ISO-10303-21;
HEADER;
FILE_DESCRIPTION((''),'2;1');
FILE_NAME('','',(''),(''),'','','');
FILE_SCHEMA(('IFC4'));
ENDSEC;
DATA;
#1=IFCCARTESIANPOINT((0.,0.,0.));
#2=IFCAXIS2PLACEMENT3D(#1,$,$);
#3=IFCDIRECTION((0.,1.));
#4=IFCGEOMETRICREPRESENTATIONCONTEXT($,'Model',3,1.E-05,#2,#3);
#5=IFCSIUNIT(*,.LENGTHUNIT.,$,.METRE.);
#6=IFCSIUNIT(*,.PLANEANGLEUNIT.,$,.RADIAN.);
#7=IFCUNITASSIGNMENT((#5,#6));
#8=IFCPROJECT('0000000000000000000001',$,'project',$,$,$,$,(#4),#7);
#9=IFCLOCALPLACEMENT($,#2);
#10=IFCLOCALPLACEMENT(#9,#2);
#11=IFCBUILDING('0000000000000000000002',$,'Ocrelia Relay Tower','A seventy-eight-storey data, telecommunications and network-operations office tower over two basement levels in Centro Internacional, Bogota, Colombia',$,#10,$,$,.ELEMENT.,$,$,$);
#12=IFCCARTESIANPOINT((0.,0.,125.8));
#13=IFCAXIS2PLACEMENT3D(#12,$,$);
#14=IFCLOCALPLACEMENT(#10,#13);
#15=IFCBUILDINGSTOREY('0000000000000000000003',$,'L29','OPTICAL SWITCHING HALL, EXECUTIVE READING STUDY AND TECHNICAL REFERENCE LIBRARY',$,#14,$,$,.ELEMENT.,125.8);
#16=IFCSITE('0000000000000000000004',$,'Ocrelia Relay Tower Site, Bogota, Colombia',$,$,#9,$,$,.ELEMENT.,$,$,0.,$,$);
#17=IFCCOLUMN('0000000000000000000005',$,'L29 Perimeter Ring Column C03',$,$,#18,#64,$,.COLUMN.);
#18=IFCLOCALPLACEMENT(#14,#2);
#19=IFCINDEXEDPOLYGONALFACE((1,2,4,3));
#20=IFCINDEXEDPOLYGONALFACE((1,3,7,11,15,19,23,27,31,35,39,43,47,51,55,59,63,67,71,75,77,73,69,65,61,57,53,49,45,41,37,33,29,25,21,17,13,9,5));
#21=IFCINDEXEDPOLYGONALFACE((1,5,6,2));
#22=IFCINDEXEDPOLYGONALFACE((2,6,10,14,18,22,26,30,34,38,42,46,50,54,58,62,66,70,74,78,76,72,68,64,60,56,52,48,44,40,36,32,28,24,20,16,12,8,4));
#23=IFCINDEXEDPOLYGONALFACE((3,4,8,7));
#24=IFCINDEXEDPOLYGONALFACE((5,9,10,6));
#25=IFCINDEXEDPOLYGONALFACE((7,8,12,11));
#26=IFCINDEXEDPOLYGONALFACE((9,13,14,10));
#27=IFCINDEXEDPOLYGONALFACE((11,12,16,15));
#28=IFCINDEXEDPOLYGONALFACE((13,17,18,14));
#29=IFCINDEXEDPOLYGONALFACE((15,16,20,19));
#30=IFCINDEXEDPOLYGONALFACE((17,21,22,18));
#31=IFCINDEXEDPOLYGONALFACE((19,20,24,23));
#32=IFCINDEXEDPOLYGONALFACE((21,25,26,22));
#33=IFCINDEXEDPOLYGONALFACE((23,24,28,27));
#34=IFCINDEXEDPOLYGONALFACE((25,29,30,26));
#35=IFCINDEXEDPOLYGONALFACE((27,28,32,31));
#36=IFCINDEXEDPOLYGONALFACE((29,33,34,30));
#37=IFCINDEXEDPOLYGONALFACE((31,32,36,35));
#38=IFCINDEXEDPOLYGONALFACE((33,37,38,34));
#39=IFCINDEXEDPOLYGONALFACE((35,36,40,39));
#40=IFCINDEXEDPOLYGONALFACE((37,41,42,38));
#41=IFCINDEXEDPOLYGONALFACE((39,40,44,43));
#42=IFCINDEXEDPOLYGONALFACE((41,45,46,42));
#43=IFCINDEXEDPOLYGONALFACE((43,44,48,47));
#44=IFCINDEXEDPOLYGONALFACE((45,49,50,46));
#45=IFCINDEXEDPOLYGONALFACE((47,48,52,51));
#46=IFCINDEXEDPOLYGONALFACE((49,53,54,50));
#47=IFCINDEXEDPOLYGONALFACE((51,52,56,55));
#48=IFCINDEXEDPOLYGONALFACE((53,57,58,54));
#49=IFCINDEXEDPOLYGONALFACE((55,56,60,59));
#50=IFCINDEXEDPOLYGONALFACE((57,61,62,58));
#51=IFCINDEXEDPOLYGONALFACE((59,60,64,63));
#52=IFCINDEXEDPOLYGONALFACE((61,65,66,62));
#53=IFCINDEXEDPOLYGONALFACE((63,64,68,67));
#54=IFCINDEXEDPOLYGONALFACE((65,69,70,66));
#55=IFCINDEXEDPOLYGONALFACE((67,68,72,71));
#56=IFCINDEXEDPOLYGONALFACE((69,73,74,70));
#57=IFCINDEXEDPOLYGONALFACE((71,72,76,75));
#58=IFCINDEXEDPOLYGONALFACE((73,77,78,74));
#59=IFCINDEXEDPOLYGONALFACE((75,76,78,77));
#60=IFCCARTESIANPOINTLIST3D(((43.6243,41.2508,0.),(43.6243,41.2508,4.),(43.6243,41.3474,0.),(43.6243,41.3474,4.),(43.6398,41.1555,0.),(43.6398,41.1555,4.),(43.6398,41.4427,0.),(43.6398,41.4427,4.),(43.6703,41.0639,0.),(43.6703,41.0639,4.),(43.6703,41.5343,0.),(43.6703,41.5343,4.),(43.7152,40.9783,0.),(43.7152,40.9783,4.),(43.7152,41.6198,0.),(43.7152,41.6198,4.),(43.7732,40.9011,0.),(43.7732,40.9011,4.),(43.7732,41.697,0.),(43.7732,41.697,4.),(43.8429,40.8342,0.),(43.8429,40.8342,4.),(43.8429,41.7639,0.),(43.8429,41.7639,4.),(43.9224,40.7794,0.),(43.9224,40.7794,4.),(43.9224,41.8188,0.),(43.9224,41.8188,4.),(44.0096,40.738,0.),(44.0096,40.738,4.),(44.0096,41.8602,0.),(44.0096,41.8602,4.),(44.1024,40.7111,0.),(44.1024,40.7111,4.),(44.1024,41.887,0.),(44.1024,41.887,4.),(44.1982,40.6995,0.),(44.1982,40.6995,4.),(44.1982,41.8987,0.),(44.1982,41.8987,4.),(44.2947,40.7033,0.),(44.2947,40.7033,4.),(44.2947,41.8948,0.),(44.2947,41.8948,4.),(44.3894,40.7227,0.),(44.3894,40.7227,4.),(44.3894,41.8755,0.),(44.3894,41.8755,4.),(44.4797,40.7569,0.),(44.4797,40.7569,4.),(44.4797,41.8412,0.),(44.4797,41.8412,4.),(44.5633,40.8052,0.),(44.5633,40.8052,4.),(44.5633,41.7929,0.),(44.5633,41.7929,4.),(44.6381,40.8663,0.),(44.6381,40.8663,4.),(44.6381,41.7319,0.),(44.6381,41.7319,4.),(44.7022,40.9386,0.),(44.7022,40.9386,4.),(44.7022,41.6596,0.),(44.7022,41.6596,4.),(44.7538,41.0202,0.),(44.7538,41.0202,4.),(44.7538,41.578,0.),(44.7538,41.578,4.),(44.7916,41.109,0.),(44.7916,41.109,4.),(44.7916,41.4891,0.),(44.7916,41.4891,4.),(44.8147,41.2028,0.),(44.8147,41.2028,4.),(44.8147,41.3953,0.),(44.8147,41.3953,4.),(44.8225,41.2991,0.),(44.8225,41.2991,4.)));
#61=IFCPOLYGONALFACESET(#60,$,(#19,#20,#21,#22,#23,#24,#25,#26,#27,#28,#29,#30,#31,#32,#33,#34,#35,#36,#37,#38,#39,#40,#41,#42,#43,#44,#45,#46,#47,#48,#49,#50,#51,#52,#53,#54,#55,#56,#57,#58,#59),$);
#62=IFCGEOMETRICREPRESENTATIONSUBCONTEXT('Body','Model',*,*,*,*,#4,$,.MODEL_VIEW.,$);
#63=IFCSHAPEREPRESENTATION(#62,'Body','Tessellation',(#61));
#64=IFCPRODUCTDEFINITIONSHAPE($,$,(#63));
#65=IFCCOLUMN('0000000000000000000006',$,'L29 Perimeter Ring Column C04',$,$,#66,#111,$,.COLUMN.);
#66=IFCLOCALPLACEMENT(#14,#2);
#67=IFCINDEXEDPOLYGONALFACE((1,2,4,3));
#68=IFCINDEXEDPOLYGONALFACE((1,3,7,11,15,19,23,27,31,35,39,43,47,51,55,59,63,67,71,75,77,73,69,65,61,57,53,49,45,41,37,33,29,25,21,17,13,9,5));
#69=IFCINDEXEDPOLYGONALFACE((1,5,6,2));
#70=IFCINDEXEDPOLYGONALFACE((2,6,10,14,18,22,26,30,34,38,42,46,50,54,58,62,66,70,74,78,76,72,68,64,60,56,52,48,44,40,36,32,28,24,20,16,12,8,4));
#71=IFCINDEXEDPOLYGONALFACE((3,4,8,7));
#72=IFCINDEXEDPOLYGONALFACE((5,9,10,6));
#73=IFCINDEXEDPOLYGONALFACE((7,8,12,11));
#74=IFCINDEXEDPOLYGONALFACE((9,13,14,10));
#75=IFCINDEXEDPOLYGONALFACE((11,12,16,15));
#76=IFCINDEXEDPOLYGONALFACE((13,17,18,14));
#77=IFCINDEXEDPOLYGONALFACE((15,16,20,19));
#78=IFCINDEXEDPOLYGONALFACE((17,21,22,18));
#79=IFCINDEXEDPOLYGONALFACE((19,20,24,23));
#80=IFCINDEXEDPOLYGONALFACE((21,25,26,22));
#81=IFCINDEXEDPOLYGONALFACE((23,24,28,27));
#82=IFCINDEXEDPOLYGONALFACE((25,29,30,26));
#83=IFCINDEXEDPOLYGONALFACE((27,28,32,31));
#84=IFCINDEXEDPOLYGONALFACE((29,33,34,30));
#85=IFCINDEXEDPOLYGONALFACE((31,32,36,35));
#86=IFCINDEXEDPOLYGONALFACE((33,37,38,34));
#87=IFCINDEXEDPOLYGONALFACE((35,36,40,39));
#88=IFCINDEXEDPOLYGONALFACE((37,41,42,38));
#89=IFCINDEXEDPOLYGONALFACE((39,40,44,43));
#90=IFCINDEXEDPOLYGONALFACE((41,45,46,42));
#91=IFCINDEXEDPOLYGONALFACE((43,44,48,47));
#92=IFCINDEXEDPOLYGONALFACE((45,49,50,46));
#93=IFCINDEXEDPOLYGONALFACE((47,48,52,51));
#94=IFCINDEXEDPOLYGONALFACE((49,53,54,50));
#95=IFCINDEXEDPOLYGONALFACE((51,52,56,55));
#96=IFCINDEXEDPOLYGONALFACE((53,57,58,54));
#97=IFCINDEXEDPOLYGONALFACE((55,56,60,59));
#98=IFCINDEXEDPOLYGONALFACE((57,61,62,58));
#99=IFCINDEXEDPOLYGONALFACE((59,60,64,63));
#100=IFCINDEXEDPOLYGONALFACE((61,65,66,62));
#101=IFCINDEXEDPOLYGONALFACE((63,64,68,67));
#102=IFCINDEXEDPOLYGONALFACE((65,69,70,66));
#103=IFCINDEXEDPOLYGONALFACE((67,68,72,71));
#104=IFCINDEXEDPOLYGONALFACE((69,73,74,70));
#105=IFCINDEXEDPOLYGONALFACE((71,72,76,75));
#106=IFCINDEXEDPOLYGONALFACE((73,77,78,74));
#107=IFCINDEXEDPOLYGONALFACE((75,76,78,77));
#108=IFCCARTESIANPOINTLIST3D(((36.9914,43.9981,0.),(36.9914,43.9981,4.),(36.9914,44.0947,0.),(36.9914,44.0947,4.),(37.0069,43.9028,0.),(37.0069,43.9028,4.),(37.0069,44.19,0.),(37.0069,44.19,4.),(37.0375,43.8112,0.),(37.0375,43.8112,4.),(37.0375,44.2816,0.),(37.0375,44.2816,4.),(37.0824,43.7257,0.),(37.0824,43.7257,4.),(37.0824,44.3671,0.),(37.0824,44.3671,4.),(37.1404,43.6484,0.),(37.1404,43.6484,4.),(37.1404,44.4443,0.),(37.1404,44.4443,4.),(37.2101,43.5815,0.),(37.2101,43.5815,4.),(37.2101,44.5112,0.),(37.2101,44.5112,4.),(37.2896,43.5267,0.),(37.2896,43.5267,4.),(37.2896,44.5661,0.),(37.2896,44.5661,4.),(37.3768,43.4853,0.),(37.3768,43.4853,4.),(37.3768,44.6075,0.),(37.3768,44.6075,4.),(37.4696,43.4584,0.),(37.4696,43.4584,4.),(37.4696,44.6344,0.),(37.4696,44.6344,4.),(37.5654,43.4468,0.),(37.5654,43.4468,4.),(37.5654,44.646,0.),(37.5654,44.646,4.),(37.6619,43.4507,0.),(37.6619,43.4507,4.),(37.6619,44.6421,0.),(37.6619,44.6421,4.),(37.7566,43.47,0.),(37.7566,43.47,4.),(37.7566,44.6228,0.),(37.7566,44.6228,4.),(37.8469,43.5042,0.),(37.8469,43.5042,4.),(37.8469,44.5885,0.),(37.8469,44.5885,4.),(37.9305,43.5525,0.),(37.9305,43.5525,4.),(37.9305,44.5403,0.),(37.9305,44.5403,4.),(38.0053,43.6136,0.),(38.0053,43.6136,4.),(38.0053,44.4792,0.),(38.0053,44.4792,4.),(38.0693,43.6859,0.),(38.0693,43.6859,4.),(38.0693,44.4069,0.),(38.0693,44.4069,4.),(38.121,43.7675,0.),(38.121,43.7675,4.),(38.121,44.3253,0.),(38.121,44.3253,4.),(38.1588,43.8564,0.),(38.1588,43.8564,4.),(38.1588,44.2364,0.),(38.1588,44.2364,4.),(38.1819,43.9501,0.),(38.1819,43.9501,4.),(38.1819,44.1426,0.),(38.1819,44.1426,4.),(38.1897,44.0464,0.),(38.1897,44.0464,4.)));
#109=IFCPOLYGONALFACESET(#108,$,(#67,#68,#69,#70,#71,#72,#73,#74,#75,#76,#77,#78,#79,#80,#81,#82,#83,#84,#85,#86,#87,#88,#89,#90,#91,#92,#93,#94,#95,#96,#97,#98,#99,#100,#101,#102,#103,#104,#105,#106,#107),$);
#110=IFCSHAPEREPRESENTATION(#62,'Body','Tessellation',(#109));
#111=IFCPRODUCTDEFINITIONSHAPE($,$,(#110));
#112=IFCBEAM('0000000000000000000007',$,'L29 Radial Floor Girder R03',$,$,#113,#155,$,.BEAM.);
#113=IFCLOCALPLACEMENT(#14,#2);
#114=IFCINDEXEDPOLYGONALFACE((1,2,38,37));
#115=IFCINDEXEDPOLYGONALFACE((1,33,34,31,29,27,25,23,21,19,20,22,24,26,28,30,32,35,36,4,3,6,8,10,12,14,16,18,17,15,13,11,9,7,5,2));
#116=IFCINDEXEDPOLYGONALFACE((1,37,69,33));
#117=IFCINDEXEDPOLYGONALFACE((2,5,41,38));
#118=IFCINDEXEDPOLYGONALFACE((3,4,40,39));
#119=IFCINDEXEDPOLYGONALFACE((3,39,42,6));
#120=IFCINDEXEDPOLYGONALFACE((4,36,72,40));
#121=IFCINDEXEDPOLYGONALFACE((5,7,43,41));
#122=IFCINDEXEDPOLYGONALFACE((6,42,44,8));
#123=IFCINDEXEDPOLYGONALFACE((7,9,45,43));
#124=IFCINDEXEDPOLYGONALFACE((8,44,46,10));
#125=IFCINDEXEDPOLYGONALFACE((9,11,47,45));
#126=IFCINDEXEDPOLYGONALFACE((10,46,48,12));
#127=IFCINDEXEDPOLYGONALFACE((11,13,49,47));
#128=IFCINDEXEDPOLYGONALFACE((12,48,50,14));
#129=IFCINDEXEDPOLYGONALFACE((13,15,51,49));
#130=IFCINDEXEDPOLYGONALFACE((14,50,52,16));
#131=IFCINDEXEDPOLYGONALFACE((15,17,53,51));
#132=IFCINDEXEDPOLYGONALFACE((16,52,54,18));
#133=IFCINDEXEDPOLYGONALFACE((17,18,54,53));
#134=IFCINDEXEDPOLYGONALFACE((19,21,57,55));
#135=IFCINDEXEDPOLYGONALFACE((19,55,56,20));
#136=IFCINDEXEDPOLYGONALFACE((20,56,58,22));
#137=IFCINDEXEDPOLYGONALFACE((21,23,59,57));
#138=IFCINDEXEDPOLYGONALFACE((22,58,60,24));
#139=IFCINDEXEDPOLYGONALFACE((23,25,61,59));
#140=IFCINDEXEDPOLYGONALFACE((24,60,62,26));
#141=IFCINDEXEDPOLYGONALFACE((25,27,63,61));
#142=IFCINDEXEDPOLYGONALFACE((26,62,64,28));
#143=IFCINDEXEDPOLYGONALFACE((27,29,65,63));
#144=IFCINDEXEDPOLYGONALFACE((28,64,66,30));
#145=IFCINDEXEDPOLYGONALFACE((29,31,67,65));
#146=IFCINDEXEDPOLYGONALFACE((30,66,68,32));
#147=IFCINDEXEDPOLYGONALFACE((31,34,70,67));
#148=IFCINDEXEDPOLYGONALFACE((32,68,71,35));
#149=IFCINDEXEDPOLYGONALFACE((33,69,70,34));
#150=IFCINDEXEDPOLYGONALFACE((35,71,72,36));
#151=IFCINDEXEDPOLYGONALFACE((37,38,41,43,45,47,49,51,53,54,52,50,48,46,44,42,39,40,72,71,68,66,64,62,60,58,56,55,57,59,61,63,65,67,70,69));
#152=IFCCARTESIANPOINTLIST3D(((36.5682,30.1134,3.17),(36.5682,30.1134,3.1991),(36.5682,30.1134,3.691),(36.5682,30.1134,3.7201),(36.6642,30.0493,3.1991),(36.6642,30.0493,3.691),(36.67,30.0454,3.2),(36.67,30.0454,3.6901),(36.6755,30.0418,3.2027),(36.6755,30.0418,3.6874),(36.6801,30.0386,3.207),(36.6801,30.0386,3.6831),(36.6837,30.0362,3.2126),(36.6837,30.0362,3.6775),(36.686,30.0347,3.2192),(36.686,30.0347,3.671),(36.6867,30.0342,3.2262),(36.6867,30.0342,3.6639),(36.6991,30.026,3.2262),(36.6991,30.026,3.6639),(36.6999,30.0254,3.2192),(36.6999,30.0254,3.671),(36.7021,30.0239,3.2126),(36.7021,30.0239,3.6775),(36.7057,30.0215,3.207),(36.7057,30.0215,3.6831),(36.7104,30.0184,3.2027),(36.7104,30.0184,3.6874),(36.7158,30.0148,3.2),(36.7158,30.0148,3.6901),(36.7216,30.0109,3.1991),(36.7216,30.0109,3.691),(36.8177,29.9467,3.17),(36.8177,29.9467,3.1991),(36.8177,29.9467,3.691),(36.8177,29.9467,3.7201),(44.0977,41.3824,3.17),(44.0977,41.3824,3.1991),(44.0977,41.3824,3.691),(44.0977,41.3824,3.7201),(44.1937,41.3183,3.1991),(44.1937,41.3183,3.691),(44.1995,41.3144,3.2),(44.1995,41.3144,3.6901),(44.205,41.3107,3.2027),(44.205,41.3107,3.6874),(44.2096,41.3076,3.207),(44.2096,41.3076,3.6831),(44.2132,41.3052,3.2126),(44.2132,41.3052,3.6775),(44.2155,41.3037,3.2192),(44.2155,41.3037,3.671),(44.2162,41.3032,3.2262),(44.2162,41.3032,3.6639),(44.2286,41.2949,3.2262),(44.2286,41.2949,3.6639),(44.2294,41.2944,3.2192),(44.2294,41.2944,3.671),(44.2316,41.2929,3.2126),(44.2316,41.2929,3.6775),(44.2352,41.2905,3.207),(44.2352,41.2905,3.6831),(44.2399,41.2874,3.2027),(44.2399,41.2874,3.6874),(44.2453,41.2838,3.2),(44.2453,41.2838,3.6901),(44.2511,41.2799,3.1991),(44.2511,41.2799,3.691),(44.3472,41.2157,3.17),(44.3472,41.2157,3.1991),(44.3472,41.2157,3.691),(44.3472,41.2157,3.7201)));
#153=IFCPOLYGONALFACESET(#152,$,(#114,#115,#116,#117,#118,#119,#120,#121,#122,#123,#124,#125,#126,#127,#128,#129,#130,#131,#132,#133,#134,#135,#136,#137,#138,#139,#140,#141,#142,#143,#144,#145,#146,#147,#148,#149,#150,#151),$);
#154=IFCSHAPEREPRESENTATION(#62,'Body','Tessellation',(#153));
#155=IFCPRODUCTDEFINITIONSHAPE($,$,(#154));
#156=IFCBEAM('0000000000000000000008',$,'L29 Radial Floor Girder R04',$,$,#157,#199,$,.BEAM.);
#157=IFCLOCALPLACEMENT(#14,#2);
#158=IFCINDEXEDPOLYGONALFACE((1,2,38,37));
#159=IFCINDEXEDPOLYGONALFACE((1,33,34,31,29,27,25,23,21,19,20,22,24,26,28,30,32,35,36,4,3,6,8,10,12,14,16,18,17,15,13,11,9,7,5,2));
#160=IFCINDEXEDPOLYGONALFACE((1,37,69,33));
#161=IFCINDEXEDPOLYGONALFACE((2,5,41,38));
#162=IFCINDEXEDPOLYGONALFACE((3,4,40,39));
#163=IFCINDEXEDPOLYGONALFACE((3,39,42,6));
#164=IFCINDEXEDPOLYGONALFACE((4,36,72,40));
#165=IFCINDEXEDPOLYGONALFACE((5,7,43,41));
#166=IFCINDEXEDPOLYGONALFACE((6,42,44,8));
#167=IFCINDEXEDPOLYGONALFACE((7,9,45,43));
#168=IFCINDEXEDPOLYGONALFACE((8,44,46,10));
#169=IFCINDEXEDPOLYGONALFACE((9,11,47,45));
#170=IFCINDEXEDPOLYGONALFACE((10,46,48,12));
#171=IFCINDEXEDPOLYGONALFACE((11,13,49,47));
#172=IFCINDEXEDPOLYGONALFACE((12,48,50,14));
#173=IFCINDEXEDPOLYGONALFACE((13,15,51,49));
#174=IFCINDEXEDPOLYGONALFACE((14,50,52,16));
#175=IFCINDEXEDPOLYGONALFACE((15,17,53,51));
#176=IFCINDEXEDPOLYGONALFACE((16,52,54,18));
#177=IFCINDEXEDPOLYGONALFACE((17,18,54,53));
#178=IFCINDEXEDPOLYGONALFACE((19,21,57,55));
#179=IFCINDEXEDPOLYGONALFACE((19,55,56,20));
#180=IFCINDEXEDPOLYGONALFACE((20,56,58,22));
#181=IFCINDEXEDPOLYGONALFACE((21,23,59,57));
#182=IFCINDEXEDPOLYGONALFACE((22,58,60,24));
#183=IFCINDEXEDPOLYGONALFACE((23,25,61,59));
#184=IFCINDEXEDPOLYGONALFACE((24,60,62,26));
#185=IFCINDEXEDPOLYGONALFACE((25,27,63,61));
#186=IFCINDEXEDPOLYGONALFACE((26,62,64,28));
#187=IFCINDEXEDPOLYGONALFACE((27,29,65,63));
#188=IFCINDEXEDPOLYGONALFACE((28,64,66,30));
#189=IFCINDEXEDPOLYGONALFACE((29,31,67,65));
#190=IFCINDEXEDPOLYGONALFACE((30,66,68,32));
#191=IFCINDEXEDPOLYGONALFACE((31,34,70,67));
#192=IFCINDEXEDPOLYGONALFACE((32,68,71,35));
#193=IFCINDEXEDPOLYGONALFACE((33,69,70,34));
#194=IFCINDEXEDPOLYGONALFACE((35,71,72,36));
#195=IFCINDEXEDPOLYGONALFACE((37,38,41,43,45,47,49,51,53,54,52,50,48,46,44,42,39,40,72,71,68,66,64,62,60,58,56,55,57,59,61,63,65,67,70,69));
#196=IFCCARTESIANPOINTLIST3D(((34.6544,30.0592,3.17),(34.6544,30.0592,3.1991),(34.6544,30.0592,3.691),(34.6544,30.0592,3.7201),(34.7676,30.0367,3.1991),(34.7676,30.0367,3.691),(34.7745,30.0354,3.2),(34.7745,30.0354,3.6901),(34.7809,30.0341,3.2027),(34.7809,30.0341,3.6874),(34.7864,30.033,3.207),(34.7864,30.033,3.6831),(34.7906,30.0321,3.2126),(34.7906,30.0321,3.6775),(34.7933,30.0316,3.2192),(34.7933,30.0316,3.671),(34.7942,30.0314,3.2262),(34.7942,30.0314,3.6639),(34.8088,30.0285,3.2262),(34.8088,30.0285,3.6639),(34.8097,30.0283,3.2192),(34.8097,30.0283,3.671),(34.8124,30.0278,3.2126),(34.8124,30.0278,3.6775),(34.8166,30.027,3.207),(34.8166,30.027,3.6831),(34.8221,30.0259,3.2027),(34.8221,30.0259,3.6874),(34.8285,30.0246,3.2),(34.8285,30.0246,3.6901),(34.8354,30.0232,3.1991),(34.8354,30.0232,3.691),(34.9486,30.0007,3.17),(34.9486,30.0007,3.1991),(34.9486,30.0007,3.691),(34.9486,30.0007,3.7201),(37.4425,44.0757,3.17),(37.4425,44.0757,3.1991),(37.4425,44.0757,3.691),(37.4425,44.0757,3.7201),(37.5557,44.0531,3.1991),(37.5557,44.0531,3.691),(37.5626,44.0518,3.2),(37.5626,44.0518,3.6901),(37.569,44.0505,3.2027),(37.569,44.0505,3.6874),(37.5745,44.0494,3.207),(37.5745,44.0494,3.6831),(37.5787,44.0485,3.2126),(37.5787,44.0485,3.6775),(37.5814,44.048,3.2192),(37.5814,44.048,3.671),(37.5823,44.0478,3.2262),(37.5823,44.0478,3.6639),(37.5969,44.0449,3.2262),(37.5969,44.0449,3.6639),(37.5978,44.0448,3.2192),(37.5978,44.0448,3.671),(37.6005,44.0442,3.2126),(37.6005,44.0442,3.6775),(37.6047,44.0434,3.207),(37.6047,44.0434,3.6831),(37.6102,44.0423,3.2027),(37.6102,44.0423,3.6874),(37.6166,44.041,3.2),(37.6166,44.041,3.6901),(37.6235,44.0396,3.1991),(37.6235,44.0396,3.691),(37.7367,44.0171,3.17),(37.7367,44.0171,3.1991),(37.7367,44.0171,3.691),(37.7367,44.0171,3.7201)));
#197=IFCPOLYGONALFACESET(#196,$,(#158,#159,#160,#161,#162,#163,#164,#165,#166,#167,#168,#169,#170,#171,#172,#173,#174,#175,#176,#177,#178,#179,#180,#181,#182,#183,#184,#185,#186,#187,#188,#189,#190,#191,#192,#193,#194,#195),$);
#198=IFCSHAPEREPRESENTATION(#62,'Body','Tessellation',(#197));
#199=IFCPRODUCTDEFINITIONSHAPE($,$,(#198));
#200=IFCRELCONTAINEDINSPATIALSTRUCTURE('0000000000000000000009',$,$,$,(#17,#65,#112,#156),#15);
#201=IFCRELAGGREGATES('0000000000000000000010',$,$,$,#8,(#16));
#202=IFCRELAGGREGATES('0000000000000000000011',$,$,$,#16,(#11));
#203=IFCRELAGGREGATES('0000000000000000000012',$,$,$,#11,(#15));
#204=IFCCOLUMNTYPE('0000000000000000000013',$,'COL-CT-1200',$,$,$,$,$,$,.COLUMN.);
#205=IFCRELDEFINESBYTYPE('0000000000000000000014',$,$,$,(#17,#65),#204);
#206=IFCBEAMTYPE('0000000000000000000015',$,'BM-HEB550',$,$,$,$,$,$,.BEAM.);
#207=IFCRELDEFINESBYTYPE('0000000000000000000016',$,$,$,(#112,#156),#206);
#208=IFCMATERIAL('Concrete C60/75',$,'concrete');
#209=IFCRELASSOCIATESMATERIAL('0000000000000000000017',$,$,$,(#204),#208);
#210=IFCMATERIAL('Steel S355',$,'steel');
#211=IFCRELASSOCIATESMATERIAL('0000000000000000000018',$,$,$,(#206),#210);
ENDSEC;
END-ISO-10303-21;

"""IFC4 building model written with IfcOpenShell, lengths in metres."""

from ifc_helpers import new_model, si_unit, direction, frame, origin, origin_2d, place, context, subcontext, project, spatial, circle, i_section, extrude, material, material_profile, profile_set, type_object, element, save


model = new_model("IFC4")

# Units and contexts
model_context = context("Model", 3, precision=1e-05, world=origin(), true_north=direction((0.0, 1.0)))
body_context = subcontext(model_context, "Body", "Model", "MODEL_VIEW")
ifc_project = project(units=[si_unit("LENGTHUNIT", "METRE"), si_unit("PLANEANGLEUNIT", "RADIAN")], contexts=[model_context])

# Site, building, storey
site_placement = place(None, origin())
site = spatial("IfcSite", under=ifc_project, at=site_placement, Name="Ocrelia Relay Tower Site, Bogota, Colombia", CompositionType="ELEMENT", RefElevation=0.0)
building_placement = place(site_placement, origin())
building = spatial("IfcBuilding", under=site, at=building_placement, Name="Ocrelia Relay Tower", Description="A seventy-eight-storey data, telecommunications and network-operations office tower over two basement levels in Centro Internacional, Bogota, Colombia", CompositionType="ELEMENT")
storey_placement = place(building_placement, frame((0.0, 0.0, 125.8)))
storey = spatial("IfcBuildingStorey", under=building, at=storey_placement, Name="L29", Description="OPTICAL SWITCHING HALL, EXECUTIVE READING STUDY AND TECHNICAL REFERENCE LIBRARY", CompositionType="ELEMENT", Elevation=125.8)

# Columns
ifc_material_1 = material(Name="Concrete C60/75", Category="concrete")
ifc_material_profile_1 = material_profile(ifc_material_1, circle(Radius=0.6001, at=origin_2d()), Name="RC-CIR-1200")
ifc_profile_set_1 = profile_set([ifc_material_profile_1], Name="Concrete C60/75")
column_type = type_object("IfcColumnType", Name="COL-CT-1200", PredefinedType="COLUMN", material=ifc_profile_set_1)
for number, where, z_axis, x_axis, name in (
    (1, (44.2224, 41.2991, 0.0), (0.0, 0.0, 1.0), (1.0, 0.0, 0.0), "L29 Perimeter Ring Column C03"),
    (2, (37.5896, 44.0464, 0.0), (0.0, 0.0, 1.0), (1.0, 0.0, 0.0), "L29 Perimeter Ring Column C04"),
):
    element("IfcColumn", number, at=place(storey_placement, frame(where, z_axis=z_axis, x_axis=x_axis)), inside=storey, type_object=column_type, Name=name, PredefinedType="COLUMN", context=body_context, shape_type="SweptSolid", body=[
        extrude(circle(Radius=0.6001, at=origin_2d()), origin(), (0.0, 0.0, 1.0), 4.0),
    ])

# Beams
ifc_material_2 = material(Name="Steel S355", Category="steel")
ifc_material_profile_2 = material_profile(ifc_material_2, i_section(OverallWidth=0.3, OverallDepth=0.55, WebThickness=0.0149, FlangeThickness=0.0291, FilletRadius=0.0271, at=origin_2d()), Name="HEB 550")
ifc_profile_set_2 = profile_set([ifc_material_profile_2], Name="Steel S355")
beam_type_1 = type_object("IfcBeamType", Name="BM-HEB550", PredefinedType="BEAM", material=ifc_profile_set_2)
beam_1_placement = place(storey_placement, frame((44.2224, 41.2991, 3.4451), z_axis=(-0.55556, -0.831476, 0.0), x_axis=(0.831476, -0.55556, 0.0)))
element("IfcBeam", 3, at=beam_1_placement, inside=storey, type_object=beam_type_1, Name="L29 Radial Floor Girder R03", PredefinedType="BEAM", context=body_context, shape_type="SweptSolid", body=[
    extrude(i_section(OverallWidth=0.3, OverallDepth=0.55, WebThickness=0.0149, FlangeThickness=0.0291, FilletRadius=0.0271, at=origin_2d()), origin(), (0.0, 0.0, 1.0), 13.553),
])
beam_2_placement = place(storey_placement, frame((37.5896, 44.0464, 3.4451), z_axis=(-0.195094, -0.980784, 0.0), x_axis=(0.980784, -0.195094, 0.0)))
element("IfcBeam", 4, at=beam_2_placement, inside=storey, type_object=beam_type_1, Name="L29 Radial Floor Girder R04", PredefinedType="BEAM", context=body_context, shape_type="SweptSolid", body=[
    extrude(i_section(OverallWidth=0.3, OverallDepth=0.55, WebThickness=0.0149, FlangeThickness=0.0291, FilletRadius=0.0271, at=origin_2d()), origin(), (0.0, 0.0, 1.0), 14.291),
])

save(model, "model.ifc")
